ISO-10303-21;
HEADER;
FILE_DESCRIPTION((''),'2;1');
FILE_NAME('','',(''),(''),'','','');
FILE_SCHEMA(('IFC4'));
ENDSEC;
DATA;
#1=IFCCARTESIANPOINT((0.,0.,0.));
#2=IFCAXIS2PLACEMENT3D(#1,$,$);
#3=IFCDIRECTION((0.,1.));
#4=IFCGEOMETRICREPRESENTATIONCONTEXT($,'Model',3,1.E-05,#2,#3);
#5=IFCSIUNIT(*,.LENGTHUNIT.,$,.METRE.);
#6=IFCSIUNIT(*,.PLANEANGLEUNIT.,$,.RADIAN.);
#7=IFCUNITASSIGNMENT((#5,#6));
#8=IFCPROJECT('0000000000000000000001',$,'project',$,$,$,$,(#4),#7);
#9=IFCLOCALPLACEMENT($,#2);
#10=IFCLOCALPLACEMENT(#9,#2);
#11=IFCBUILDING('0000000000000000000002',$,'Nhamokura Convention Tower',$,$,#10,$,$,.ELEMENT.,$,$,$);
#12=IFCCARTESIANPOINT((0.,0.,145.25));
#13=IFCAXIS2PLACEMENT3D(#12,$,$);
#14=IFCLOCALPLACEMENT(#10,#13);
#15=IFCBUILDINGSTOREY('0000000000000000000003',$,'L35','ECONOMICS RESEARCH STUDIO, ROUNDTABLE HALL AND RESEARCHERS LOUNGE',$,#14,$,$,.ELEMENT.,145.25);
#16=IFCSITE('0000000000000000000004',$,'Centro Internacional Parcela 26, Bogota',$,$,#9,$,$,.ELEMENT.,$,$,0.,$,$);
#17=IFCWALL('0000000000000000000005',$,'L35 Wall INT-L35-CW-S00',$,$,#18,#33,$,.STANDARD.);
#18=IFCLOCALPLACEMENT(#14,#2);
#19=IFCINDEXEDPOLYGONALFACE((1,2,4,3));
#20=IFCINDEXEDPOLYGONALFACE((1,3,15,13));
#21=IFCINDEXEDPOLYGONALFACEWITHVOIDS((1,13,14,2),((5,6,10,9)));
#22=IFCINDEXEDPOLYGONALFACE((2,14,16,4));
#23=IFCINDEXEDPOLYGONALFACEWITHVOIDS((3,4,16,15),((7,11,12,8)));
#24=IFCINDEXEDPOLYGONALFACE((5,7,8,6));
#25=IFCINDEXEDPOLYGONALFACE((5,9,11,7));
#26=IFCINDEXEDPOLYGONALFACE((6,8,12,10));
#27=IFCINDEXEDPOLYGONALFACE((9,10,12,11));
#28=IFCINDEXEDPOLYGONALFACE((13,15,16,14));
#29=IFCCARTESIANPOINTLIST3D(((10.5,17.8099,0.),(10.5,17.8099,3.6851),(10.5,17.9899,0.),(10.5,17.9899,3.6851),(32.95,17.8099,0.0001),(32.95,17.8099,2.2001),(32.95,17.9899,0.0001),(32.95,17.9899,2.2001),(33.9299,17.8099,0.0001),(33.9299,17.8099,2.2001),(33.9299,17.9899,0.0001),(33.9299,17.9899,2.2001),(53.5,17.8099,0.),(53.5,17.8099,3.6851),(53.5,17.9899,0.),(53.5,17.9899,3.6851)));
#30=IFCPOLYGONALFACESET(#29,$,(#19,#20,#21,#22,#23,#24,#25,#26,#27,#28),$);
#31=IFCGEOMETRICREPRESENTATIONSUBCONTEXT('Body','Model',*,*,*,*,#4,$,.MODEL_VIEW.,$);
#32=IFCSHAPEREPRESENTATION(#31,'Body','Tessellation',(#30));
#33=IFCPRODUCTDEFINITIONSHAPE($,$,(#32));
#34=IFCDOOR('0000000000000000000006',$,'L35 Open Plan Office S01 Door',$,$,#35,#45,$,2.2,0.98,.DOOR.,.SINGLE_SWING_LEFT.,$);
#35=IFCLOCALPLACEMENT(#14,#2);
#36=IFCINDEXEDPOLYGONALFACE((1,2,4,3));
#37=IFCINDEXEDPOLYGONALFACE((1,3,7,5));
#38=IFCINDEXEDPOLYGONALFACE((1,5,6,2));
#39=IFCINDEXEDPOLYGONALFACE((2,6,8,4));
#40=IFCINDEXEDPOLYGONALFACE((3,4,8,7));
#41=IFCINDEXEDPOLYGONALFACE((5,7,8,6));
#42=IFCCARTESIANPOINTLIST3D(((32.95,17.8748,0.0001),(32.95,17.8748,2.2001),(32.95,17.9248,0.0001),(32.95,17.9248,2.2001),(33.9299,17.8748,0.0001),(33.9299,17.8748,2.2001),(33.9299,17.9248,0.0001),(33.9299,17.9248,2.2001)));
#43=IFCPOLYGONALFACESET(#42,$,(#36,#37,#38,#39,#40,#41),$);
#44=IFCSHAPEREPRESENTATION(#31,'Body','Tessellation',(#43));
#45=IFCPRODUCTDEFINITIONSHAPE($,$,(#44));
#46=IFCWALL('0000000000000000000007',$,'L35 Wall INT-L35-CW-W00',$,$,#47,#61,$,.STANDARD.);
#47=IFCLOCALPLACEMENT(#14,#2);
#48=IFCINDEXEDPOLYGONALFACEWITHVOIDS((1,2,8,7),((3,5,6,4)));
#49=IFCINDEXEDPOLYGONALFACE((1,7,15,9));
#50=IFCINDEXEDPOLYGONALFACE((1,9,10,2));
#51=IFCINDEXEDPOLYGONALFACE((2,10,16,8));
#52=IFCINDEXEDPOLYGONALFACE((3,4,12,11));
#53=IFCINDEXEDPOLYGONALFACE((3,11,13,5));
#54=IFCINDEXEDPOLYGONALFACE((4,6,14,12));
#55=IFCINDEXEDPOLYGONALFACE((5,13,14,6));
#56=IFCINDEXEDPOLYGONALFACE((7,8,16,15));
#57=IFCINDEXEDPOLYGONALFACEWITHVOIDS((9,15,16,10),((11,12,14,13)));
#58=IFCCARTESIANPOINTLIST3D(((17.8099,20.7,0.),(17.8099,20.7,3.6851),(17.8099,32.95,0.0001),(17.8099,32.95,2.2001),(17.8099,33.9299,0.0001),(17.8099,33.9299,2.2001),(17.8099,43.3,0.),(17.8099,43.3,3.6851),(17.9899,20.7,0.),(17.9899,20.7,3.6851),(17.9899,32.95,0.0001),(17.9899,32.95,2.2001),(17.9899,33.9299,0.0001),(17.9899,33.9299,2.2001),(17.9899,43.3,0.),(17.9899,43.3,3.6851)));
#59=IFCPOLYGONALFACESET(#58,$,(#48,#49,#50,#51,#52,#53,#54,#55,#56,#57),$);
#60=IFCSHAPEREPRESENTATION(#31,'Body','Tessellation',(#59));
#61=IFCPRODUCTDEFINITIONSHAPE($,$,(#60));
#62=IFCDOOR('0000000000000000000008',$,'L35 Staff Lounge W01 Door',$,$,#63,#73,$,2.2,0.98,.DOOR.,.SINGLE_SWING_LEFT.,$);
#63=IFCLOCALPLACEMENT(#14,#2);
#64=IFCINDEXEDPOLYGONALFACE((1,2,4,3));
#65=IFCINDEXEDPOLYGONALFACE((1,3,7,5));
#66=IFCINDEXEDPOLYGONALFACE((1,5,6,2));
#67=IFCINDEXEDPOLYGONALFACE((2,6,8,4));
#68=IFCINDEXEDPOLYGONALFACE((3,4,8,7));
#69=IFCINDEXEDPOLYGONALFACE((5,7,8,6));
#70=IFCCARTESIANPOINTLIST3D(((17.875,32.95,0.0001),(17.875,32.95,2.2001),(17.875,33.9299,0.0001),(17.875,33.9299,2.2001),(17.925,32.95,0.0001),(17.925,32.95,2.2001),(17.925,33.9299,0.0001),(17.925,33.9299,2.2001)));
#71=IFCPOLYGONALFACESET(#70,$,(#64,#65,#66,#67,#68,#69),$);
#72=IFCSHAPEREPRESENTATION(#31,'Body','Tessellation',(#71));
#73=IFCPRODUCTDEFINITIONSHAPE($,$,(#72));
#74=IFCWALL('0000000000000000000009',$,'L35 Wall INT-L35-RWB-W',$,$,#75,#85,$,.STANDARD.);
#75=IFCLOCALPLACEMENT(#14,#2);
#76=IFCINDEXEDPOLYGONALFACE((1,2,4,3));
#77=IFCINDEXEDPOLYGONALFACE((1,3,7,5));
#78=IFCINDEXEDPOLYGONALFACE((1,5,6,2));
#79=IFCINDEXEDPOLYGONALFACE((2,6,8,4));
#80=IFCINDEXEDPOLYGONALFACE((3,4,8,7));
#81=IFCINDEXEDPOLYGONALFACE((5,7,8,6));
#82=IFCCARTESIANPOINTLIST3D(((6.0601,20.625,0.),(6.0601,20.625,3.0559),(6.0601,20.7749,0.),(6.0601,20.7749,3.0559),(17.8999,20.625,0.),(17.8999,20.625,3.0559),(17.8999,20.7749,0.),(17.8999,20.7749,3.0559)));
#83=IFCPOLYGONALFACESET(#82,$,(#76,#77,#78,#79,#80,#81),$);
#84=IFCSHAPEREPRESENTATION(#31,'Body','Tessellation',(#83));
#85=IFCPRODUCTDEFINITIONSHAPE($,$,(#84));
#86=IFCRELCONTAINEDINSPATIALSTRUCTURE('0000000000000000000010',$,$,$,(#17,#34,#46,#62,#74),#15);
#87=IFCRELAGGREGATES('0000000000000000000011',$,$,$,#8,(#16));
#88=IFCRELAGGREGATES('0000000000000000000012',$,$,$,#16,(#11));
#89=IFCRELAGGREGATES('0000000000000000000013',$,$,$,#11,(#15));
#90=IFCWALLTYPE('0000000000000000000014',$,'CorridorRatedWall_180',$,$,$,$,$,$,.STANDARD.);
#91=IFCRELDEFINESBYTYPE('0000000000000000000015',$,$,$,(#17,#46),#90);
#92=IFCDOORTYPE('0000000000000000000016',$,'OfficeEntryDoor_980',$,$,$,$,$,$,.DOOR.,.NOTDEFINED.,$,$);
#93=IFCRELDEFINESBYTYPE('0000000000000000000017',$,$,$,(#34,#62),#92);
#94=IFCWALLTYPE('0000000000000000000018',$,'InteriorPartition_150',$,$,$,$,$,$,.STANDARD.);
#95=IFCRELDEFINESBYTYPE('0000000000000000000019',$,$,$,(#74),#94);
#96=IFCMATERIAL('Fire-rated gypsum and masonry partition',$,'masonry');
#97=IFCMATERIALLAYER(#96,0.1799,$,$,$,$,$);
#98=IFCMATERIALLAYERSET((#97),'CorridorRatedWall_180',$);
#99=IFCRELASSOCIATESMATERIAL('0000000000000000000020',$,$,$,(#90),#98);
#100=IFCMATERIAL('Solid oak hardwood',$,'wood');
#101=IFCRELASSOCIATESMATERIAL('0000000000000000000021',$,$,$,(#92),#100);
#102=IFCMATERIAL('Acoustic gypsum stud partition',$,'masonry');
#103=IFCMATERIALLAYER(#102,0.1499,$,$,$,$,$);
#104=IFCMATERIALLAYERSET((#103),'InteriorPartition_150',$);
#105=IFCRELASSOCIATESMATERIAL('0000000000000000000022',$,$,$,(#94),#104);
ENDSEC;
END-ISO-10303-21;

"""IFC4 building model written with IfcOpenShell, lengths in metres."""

from ifc_helpers import new_model, si_unit, direction, frame, frame_2d, origin, place, context, subcontext, project, spatial, rectangle, extrude, material, layer, layer_set, type_object, element, fill, save


model = new_model("IFC4")

# Units and contexts
model_context = context("Model", 3, precision=1e-05, world=origin(), true_north=direction((0.0, 1.0)))
body_context = subcontext(model_context, "Body", "Model", "MODEL_VIEW")
ifc_project = project(units=[si_unit("LENGTHUNIT", "METRE"), si_unit("PLANEANGLEUNIT", "RADIAN")], contexts=[model_context])

# Site, building, storey
site_placement = place(None, origin())
site = spatial("IfcSite", under=ifc_project, at=site_placement, Name="Centro Internacional Parcela 26, Bogota", CompositionType="ELEMENT", RefElevation=0.0)
building_placement = place(site_placement, origin())
building = spatial("IfcBuilding", under=site, at=building_placement, Name="Nhamokura Convention Tower", CompositionType="ELEMENT")
storey_placement = place(building_placement, frame((0.0, 0.0, 145.25)))
storey = spatial("IfcBuildingStorey", under=building, at=storey_placement, Name="L35", Description="ECONOMICS RESEARCH STUDIO, ROUNDTABLE HALL AND RESEARCHERS LOUNGE", CompositionType="ELEMENT", Elevation=145.25)

# Walls, openings, doors
ifc_material_1 = material(Name="Fire-rated gypsum and masonry partition", Category="masonry")
ifc_layer_1 = layer(ifc_material_1, 0.1799)
ifc_layer_set_1 = layer_set([ifc_layer_1], Name="CorridorRatedWall_180")
wall_type_1 = type_object("IfcWallType", Name="CorridorRatedWall_180", PredefinedType="STANDARD", material=ifc_layer_set_1)
wall_1_placement = place(storey_placement, frame((10.5, 17.8999, 0.0), z_axis=(0.0, 0.0, 1.0), x_axis=(1.0, 0.0, 0.0)))
wall_1 = element("IfcWall", 1, at=wall_1_placement, inside=storey, type_object=wall_type_1, Name="L35 Wall INT-L35-CW-S00", PredefinedType="STANDARD", context=body_context, shape_type="SweptSolid", body=[
    extrude(rectangle(XDim=43.0, YDim=0.1799, at=frame_2d((21.5, 0.0))), origin(), (0.0, 0.0, 1.0), 3.6851),
])
opening_1_placement = place(wall_1_placement, frame((22.45, 0.0, 0.0)))
opening_1 = element("IfcOpeningElement", 2, at=opening_1_placement, cuts=wall_1, PredefinedType="OPENING", context=body_context, shape_type="SweptSolid", body=[
    extrude(rectangle(XDim=0.98, YDim=2.2, at=frame_2d((0.49, 1.1001))), frame((0.0, 0.0999, 0.0), z_axis=(0.0, -1.0, 0.0), x_axis=(1.0, 0.0, 0.0)), (0.0, 0.0, 1.0), 0.2),
])
ifc_material_2 = material(Name="Solid oak hardwood", Category="wood")
door_type_1 = type_object("IfcDoorType", Name="OfficeEntryDoor_980", OperationType="NOTDEFINED", PredefinedType="DOOR", material=ifc_material_2)
door_1_placement = place(opening_1_placement, origin())
door_1 = element("IfcDoor", 3, at=door_1_placement, inside=storey, type_object=door_type_1, Name="L35 Open Plan Office S01 Door", OperationType="SINGLE_SWING_LEFT", OverallHeight=2.2, OverallWidth=0.98, PredefinedType="DOOR", context=body_context, shape_type="SweptSolid", body=[
    extrude(rectangle(XDim=0.98, YDim=2.2, at=frame_2d((0.49, 1.1001))), frame((0.0, 0.0249, 0.0), z_axis=(0.0, -1.0, 0.0), x_axis=(1.0, 0.0, 0.0)), (0.0, 0.0, 1.0), 0.05),
])
fill(opening_1, door_1)
wall_2_placement = place(storey_placement, frame((17.8999, 20.7, 0.0), z_axis=(0.0, 0.0, 1.0), x_axis=(0.0, 1.0, 0.0)))
wall_2 = element("IfcWall", 4, at=wall_2_placement, inside=storey, type_object=wall_type_1, Name="L35 Wall INT-L35-CW-W00", PredefinedType="STANDARD", context=body_context, shape_type="SweptSolid", body=[
    extrude(rectangle(XDim=22.6001, YDim=0.1799, at=frame_2d((11.3, 0.0))), origin(), (0.0, 0.0, 1.0), 3.6851),
])
opening_2_placement = place(wall_2_placement, frame((12.25, 0.0, 0.0)))
opening_2 = element("IfcOpeningElement", 5, at=opening_2_placement, cuts=wall_2, PredefinedType="OPENING", context=body_context, shape_type="SweptSolid", body=[
    extrude(rectangle(XDim=0.98, YDim=2.2, at=frame_2d((0.49, 1.1001))), frame((0.0, 0.0999, 0.0), z_axis=(0.0, -1.0, 0.0), x_axis=(1.0, 0.0, 0.0)), (0.0, 0.0, 1.0), 0.2),
])
door_2_placement = place(opening_2_placement, origin())
door_2 = element("IfcDoor", 6, at=door_2_placement, inside=storey, type_object=door_type_1, Name="L35 Staff Lounge W01 Door", OperationType="SINGLE_SWING_LEFT", OverallHeight=2.2, OverallWidth=0.98, PredefinedType="DOOR", context=body_context, shape_type="SweptSolid", body=[
    extrude(rectangle(XDim=0.98, YDim=2.2, at=frame_2d((0.49, 1.1001))), frame((0.0, 0.0249, 0.0), z_axis=(0.0, -1.0, 0.0), x_axis=(1.0, 0.0, 0.0)), (0.0, 0.0, 1.0), 0.05),
])
fill(opening_2, door_2)

# Wall
ifc_material_3 = material(Name="Acoustic gypsum stud partition", Category="masonry")
ifc_layer_2 = layer(ifc_material_3, 0.1499)
ifc_layer_set_2 = layer_set([ifc_layer_2], Name="InteriorPartition_150")
wall_type_2 = type_object("IfcWallType", Name="InteriorPartition_150", PredefinedType="STANDARD", material=ifc_layer_set_2)
wall_3_placement = place(storey_placement, frame((6.0601, 20.7, 0.0), z_axis=(0.0, 0.0, 1.0), x_axis=(1.0, 0.0, 0.0)))
element("IfcWall", 7, at=wall_3_placement, inside=storey, type_object=wall_type_2, Name="L35 Wall INT-L35-RWB-W", PredefinedType="STANDARD", context=body_context, shape_type="SweptSolid", body=[
    extrude(rectangle(XDim=11.8398, YDim=0.1499, at=frame_2d((5.9199, 0.0))), origin(), (0.0, 0.0, 1.0), 3.0559),
])

save(model, "model.ifc")
